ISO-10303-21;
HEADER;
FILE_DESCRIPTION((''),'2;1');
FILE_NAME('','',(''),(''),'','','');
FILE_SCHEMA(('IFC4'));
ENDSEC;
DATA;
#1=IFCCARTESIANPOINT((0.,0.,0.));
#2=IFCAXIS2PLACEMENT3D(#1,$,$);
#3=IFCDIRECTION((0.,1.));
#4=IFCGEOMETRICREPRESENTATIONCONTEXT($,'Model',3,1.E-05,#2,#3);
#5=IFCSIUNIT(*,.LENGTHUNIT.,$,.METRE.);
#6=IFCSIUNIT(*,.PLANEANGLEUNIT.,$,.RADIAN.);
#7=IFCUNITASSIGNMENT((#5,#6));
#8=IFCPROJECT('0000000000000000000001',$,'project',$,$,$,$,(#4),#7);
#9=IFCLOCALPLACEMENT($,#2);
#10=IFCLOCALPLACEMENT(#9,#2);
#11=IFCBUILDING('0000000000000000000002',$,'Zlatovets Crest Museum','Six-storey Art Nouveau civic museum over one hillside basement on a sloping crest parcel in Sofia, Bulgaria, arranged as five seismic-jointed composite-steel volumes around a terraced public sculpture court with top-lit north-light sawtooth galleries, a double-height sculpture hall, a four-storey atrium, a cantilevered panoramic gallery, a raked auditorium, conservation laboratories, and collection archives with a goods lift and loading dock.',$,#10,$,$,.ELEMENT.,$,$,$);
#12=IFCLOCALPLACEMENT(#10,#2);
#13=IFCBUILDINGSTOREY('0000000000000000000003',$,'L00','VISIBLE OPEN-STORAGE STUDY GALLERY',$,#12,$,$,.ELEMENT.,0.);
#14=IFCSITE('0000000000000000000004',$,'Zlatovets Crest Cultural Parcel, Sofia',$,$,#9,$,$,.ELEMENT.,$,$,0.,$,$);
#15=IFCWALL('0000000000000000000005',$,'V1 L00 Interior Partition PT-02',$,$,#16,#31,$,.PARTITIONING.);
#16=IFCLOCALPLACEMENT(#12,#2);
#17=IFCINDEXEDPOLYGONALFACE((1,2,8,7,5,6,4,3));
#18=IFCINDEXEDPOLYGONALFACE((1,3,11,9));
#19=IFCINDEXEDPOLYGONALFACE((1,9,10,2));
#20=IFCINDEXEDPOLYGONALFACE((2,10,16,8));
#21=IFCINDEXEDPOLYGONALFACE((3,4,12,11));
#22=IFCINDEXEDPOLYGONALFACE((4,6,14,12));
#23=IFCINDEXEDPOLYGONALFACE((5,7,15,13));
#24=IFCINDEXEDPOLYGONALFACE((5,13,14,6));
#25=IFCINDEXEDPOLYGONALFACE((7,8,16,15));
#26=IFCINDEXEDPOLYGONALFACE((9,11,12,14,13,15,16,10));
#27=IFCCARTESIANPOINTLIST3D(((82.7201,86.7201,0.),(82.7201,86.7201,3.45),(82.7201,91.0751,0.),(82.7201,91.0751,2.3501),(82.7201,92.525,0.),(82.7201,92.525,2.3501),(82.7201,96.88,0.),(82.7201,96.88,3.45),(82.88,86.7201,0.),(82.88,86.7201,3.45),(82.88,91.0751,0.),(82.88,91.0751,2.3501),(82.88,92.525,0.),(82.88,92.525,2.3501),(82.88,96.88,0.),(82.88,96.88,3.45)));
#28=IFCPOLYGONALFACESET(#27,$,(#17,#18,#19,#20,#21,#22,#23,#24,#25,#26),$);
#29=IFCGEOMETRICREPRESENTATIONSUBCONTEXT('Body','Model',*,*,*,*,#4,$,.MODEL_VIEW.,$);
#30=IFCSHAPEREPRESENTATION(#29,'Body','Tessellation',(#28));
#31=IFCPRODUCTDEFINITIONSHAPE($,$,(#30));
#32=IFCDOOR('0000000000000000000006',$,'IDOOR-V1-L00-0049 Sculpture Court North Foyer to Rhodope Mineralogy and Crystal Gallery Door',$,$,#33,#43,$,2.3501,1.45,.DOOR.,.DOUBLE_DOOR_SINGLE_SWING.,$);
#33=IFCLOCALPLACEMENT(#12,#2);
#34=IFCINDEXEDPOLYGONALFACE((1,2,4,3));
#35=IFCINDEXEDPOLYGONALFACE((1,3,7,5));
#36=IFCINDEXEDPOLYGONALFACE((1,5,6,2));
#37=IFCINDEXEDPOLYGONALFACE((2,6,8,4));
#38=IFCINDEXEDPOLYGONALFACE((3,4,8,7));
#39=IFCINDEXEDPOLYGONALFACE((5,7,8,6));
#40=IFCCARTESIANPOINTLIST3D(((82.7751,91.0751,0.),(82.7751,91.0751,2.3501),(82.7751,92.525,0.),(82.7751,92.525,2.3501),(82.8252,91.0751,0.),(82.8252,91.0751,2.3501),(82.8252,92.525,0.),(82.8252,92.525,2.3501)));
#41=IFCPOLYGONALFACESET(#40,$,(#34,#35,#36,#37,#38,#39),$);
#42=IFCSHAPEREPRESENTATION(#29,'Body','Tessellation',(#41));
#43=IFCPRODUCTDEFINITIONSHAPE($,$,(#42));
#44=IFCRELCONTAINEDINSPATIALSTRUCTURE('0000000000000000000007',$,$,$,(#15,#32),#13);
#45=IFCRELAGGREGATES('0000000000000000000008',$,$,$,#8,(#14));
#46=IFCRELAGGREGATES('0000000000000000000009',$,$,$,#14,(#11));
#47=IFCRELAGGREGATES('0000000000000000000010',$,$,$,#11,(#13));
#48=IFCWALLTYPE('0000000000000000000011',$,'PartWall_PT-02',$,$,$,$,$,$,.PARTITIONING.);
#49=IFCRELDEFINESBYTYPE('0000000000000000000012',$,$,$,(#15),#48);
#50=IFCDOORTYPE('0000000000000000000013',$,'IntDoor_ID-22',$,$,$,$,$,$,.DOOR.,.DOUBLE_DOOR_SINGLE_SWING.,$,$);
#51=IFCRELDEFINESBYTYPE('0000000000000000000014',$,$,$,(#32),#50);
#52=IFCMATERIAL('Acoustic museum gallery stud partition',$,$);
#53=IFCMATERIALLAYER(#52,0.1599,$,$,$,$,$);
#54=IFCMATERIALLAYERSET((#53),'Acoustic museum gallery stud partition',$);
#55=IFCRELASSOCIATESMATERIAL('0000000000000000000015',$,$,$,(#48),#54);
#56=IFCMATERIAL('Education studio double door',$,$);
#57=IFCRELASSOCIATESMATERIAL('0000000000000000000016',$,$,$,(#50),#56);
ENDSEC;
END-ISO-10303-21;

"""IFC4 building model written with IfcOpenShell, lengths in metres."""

from ifc_helpers import new_model, si_unit, direction, frame, frame_2d, origin, place, context, subcontext, project, spatial, rectangle, extrude, material, layer, layer_set, type_object, element, fill, save


model = new_model("IFC4")

# Units and contexts
model_context = context("Model", 3, precision=1e-05, world=origin(), true_north=direction((0.0, 1.0)))
body_context = subcontext(model_context, "Body", "Model", "MODEL_VIEW")
ifc_project = project(units=[si_unit("LENGTHUNIT", "METRE"), si_unit("PLANEANGLEUNIT", "RADIAN")], contexts=[model_context])

# Site, building, storey
site_placement = place(None, origin())
site = spatial("IfcSite", under=ifc_project, at=site_placement, Name="Zlatovets Crest Cultural Parcel, Sofia", CompositionType="ELEMENT", RefElevation=0.0)
building_placement = place(site_placement, origin())
building = spatial("IfcBuilding", under=site, at=building_placement, Name="Zlatovets Crest Museum", Description="Six-storey Art Nouveau civic museum over one hillside basement on a sloping crest parcel in Sofia, Bulgaria, arranged as five seismic-jointed composite-steel volumes around a terraced public sculpture court with top-lit north-light sawtooth galleries, a double-height sculpture hall, a four-storey atrium, a cantilevered panoramic gallery, a raked auditorium, conservation laboratories, and collection archives with a goods lift and loading dock.", CompositionType="ELEMENT")
storey_placement = place(building_placement, origin())
storey = spatial("IfcBuildingStorey", under=building, at=storey_placement, Name="L00", Description="VISIBLE OPEN-STORAGE STUDY GALLERY", CompositionType="ELEMENT", Elevation=0.0)

# Wall, opening, door
ifc_material_1 = material(Name="Acoustic museum gallery stud partition")
ifc_layer_1 = layer(ifc_material_1, 0.1599)
ifc_layer_set_1 = layer_set([ifc_layer_1], Name="Acoustic museum gallery stud partition")
wall_type_1 = type_object("IfcWallType", Name="PartWall_PT-02", PredefinedType="PARTITIONING", material=ifc_layer_set_1)
wall_1_placement = place(storey_placement, frame((82.8, 86.72, 0.0), z_axis=(0.0, 0.0, 1.0), x_axis=(0.0, 1.0, 0.0)))
wall_1 = element("IfcWall", 1, at=wall_1_placement, inside=storey, type_object=wall_type_1, Name="V1 L00 Interior Partition PT-02", PredefinedType="PARTITIONING", context=body_context, shape_type="SweptSolid", body=[
    extrude(rectangle(XDim=10.1599, YDim=0.1599, at=frame_2d((5.0801, 0.0))), origin(), (0.0, 0.0, 1.0), 3.45),
])
opening_1_placement = place(wall_1_placement, frame((4.355, 0.0, 0.0)))
opening_1 = element("IfcOpeningElement", 2, at=opening_1_placement, cuts=wall_1, PredefinedType="OPENING", context=body_context, shape_type="SweptSolid", body=[
    extrude(rectangle(XDim=1.45, YDim=2.3501, at=frame_2d((0.7251, 1.175))), frame((0.0, 0.0898, 0.0), z_axis=(0.0, -1.0, 0.0), x_axis=(1.0, 0.0, 0.0)), (0.0, 0.0, 1.0), 0.1799),
])
ifc_material_2 = material(Name="Education studio double door")
door_type_1 = type_object("IfcDoorType", Name="IntDoor_ID-22", OperationType="DOUBLE_DOOR_SINGLE_SWING", PredefinedType="DOOR", material=ifc_material_2)
door_1_placement = place(opening_1_placement, origin())
door_1 = element("IfcDoor", 3, at=door_1_placement, inside=storey, type_object=door_type_1, Name="IDOOR-V1-L00-0049 Sculpture Court North Foyer to Rhodope Mineralogy and Crystal Gallery Door", OperationType="DOUBLE_DOOR_SINGLE_SWING", OverallHeight=2.3501, OverallWidth=1.45, PredefinedType="DOOR", context=body_context, shape_type="SweptSolid", body=[
    extrude(rectangle(XDim=1.45, YDim=2.3501, at=frame_2d((0.7251, 1.175))), frame((0.0, 0.0249, 0.0), z_axis=(0.0, -1.0, 0.0), x_axis=(1.0, 0.0, 0.0)), (0.0, 0.0, 1.0), 0.05),
])
fill(opening_1, door_1)

save(model, "model.ifc")
